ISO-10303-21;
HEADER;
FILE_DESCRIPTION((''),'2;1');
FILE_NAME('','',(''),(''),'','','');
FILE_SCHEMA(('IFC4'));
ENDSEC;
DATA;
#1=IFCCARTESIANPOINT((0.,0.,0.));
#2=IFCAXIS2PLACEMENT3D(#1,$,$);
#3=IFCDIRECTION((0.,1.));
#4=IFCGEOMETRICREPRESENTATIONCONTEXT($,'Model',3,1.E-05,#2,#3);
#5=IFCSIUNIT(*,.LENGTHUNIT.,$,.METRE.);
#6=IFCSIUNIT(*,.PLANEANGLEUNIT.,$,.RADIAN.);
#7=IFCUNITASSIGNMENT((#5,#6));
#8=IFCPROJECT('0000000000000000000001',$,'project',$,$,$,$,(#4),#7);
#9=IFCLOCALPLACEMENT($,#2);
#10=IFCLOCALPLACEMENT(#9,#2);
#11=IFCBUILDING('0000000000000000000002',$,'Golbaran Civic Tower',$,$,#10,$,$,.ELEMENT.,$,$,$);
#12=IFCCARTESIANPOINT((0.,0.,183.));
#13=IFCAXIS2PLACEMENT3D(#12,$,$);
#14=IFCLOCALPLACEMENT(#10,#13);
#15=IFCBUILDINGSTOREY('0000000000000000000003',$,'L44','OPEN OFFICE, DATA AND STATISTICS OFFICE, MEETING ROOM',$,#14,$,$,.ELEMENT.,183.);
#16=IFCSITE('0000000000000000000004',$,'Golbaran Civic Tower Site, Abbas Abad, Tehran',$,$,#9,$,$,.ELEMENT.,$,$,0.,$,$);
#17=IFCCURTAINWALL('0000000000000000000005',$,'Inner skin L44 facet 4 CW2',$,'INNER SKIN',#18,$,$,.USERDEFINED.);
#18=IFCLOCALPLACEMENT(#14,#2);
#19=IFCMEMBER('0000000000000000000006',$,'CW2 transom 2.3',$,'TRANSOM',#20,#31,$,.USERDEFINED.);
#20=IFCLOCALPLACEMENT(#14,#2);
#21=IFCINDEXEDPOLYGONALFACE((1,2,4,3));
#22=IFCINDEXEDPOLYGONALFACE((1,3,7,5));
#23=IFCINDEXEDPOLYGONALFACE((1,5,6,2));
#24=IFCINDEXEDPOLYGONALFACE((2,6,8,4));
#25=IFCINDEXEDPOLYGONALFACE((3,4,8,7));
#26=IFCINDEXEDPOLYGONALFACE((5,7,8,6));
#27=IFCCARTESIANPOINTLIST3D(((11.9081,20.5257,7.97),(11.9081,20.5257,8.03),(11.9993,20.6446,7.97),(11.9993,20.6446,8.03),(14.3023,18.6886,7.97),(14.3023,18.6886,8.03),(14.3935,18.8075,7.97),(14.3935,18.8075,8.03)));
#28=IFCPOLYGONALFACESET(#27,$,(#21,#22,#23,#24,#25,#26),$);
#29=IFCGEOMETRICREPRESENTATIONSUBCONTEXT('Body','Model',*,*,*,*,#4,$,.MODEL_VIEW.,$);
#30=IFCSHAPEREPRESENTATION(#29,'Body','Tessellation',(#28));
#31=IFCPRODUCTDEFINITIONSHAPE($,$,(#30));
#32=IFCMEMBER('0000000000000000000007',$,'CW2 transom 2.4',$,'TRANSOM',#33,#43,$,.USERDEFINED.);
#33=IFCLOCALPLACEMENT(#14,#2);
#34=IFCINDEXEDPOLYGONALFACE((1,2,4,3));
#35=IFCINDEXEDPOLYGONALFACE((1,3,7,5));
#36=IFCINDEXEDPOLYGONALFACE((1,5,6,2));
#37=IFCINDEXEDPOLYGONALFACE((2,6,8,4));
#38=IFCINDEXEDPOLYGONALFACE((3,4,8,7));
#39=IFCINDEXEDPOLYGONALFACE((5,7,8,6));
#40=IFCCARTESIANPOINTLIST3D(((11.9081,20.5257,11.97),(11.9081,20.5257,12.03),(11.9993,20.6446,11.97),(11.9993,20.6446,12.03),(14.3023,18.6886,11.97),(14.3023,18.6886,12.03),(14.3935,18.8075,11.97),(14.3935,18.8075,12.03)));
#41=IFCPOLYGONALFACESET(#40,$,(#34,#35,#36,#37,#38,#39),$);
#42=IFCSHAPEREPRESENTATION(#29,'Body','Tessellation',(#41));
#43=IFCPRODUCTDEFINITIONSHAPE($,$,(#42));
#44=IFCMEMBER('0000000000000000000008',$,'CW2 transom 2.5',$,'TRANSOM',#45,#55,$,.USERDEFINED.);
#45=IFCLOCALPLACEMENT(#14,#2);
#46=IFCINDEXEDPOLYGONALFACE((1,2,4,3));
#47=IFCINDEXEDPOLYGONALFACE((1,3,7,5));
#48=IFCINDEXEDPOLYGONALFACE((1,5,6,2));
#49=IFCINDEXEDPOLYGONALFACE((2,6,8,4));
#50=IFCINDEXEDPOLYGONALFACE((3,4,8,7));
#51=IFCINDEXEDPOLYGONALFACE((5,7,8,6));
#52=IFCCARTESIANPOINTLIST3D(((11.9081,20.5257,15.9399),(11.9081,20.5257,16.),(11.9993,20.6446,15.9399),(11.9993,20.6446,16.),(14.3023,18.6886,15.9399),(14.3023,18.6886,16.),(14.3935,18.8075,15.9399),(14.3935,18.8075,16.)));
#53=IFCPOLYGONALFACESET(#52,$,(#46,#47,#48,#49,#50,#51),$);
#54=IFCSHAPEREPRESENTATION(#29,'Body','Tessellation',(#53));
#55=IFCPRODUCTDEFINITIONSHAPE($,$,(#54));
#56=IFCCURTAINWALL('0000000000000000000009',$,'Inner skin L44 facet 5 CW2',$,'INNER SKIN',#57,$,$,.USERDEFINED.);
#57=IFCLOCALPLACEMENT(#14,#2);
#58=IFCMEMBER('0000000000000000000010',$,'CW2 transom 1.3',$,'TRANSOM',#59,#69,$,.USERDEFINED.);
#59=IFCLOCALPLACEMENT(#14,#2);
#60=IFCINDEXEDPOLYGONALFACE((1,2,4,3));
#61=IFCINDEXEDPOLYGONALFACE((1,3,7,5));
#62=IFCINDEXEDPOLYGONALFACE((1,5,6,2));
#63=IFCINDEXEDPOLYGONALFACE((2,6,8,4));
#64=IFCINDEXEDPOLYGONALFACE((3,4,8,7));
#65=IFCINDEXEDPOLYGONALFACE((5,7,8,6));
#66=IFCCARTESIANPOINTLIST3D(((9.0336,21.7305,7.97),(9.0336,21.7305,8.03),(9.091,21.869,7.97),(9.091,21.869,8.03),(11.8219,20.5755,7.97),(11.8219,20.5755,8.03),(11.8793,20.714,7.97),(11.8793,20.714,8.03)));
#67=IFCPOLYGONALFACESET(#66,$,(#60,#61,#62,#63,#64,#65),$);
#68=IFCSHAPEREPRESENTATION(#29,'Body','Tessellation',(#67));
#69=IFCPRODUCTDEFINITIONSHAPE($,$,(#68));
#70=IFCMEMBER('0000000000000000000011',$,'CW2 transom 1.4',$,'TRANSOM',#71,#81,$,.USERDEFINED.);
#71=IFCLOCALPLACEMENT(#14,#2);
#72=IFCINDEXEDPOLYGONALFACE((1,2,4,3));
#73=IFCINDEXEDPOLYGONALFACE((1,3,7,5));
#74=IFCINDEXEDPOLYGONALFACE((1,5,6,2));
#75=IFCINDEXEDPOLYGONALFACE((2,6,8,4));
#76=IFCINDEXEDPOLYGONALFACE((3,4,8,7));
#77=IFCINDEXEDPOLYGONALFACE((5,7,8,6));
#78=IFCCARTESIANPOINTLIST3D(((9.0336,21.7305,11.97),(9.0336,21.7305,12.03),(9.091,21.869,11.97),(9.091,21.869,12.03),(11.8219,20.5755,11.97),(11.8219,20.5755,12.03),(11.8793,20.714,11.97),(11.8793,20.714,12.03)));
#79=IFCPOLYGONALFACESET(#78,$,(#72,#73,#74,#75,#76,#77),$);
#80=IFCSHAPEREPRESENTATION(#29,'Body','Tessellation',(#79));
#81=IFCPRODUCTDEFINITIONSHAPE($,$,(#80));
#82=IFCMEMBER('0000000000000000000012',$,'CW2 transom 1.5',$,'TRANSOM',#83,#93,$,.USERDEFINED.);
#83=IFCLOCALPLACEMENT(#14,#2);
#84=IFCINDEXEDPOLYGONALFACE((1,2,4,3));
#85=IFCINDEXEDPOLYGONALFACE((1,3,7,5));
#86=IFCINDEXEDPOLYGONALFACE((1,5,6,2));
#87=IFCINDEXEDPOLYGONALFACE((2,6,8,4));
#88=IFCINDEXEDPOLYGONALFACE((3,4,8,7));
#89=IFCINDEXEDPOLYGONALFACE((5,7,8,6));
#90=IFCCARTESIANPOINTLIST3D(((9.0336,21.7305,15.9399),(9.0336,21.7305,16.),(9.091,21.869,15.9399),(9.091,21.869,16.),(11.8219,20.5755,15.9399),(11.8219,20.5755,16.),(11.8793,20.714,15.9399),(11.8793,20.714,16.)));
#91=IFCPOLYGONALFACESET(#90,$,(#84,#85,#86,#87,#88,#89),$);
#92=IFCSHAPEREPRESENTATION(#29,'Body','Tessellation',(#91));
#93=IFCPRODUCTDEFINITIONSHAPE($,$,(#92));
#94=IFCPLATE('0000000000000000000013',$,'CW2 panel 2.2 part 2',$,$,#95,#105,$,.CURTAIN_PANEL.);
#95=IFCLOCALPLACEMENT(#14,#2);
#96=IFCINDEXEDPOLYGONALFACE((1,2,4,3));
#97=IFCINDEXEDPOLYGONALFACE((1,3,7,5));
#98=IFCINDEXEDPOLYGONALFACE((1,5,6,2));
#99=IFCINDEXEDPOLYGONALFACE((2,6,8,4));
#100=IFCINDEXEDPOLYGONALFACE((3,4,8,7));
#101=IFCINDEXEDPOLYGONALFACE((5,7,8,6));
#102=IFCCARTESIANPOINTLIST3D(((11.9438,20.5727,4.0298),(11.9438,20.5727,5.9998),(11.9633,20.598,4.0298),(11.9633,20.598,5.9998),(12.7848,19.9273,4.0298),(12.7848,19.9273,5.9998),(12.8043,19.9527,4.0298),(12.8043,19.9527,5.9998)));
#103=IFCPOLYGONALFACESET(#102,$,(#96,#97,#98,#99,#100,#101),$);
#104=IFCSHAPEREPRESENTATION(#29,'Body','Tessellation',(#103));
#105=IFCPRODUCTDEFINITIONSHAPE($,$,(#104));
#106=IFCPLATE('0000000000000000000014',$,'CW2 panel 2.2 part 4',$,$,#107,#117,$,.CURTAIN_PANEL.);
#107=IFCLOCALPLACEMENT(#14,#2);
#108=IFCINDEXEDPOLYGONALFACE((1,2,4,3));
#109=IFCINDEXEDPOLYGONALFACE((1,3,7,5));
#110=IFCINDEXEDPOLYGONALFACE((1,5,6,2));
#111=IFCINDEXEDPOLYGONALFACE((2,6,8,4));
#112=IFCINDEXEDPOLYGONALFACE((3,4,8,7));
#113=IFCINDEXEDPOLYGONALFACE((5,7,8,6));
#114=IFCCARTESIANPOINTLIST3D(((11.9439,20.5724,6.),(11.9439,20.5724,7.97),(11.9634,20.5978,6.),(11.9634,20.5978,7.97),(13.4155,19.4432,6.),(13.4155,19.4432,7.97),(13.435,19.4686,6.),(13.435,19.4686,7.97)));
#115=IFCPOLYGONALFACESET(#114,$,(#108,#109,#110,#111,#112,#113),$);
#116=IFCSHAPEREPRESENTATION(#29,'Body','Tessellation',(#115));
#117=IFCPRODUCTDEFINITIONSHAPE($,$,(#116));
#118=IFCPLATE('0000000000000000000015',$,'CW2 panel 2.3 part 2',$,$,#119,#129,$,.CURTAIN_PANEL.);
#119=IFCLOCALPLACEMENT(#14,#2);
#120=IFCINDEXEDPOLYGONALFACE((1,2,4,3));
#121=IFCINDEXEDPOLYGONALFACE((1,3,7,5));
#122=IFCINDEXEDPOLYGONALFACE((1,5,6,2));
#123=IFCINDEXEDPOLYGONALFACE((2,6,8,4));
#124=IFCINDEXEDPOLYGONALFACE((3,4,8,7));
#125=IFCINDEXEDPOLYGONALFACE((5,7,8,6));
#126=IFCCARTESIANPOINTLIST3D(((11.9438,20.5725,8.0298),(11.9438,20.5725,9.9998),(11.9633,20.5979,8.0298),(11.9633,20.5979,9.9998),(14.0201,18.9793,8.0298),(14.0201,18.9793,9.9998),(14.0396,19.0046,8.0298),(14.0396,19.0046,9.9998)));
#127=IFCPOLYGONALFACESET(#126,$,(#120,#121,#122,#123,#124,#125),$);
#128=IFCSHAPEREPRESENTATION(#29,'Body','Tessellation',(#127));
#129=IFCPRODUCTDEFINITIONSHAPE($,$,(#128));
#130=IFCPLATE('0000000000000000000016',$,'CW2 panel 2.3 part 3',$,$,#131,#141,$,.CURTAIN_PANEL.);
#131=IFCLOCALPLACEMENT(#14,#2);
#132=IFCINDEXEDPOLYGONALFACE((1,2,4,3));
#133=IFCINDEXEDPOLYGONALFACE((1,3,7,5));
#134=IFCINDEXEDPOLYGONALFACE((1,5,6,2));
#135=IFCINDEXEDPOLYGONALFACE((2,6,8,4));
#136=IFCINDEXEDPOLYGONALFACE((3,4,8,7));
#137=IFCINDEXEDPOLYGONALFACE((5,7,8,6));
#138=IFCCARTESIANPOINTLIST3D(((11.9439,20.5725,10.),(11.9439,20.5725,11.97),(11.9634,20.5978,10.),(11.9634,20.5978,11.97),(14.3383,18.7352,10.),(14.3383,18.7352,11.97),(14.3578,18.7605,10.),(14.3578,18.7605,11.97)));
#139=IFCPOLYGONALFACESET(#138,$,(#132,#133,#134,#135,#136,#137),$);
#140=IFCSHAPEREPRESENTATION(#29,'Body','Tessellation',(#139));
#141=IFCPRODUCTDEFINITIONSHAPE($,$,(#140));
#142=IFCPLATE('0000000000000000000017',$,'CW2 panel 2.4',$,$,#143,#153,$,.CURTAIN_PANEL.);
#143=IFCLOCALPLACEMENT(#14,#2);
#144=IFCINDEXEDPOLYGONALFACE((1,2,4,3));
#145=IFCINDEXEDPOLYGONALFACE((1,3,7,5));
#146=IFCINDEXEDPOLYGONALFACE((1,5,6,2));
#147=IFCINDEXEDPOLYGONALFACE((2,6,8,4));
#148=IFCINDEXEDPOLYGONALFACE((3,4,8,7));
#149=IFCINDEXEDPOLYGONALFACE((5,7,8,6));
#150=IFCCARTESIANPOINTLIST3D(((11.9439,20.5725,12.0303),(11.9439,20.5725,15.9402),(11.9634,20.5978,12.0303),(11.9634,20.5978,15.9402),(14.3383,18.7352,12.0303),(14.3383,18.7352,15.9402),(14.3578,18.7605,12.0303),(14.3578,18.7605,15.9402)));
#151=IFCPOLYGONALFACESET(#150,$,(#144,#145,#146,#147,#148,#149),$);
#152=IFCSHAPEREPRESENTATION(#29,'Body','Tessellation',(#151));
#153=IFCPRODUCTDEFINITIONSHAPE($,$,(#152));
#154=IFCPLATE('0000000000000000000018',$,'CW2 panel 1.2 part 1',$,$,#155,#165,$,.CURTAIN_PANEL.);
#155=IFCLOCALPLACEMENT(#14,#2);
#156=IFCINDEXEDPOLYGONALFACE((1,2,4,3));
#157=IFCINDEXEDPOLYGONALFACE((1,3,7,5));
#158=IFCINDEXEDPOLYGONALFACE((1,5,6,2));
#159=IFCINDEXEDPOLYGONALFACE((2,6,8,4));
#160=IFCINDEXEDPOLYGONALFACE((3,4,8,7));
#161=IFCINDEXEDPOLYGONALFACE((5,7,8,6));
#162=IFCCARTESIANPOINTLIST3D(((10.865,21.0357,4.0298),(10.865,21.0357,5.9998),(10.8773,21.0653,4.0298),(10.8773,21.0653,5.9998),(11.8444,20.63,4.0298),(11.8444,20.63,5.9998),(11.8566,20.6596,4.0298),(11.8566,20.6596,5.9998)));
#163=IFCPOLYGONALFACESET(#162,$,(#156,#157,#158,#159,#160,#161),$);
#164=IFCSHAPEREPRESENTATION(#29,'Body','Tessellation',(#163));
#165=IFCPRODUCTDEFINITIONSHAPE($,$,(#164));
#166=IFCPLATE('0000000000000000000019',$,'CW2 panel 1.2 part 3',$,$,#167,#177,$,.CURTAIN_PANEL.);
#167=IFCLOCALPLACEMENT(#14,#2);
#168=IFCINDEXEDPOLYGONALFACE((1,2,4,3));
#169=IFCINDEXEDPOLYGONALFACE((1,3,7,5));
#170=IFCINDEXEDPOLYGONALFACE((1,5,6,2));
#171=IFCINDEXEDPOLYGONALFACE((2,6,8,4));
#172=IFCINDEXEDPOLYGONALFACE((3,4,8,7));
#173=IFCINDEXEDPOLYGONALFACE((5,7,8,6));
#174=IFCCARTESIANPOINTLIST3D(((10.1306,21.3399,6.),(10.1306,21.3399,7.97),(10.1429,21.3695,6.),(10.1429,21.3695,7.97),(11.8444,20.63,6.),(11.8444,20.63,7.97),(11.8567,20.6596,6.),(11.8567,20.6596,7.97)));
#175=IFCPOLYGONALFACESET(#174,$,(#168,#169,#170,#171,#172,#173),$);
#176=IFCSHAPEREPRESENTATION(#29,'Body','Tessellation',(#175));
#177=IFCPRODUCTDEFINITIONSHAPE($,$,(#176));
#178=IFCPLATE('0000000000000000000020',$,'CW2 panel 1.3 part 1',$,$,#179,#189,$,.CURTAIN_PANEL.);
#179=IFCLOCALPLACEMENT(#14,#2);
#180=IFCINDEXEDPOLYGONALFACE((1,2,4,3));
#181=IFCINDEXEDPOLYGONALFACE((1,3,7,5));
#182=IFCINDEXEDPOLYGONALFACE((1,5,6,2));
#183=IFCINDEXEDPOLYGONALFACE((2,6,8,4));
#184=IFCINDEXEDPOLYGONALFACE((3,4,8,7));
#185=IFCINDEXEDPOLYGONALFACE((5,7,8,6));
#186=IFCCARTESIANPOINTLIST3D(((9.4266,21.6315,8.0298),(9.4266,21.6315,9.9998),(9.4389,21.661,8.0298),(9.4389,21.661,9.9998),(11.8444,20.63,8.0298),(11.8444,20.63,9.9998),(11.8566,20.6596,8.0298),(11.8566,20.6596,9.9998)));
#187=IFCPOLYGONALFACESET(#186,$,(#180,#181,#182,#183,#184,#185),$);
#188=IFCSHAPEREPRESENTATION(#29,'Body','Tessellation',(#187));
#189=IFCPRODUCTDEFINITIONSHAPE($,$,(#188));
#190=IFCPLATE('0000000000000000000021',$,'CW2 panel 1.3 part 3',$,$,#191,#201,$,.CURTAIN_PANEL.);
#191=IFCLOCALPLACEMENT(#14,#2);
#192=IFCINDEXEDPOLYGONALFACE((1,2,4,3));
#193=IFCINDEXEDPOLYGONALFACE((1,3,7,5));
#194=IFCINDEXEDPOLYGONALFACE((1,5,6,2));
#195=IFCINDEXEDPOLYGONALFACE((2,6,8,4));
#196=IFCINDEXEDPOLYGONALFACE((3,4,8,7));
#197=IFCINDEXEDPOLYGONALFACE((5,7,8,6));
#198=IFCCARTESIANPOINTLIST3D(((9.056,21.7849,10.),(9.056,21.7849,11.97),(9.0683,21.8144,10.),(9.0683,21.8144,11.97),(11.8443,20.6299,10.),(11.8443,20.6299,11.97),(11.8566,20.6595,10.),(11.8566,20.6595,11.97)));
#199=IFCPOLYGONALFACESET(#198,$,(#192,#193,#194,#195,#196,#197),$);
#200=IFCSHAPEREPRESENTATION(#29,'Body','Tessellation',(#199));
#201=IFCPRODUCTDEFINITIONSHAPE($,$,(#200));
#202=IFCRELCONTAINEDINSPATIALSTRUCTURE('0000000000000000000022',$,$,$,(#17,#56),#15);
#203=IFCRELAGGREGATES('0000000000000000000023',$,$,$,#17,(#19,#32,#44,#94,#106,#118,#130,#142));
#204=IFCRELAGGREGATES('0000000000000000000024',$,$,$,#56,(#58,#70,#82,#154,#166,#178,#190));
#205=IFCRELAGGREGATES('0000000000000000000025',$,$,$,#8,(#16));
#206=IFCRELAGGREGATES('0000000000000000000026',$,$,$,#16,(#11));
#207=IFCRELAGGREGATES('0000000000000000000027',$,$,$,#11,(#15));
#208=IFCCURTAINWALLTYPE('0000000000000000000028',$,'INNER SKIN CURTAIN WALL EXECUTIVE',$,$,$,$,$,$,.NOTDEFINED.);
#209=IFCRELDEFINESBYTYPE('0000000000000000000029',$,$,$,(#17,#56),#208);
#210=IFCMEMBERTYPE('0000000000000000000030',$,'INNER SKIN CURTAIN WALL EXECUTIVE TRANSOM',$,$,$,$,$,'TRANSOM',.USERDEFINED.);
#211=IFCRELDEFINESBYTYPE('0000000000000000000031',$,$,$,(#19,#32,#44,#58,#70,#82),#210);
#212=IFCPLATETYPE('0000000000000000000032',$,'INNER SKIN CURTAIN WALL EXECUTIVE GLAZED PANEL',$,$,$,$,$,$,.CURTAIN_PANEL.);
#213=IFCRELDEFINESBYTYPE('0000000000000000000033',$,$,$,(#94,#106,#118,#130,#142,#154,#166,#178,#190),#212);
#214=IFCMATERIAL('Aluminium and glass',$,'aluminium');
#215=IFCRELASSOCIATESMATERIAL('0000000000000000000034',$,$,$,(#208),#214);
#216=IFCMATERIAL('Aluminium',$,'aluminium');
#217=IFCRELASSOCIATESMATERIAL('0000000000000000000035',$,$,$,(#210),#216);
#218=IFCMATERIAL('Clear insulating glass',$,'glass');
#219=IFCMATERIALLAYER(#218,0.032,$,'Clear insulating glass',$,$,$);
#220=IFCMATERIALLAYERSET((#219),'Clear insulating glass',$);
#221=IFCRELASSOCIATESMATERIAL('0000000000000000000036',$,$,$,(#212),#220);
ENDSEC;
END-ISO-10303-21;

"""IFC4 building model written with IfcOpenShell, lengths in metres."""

from ifc_helpers import new_model, si_unit, direction, frame, origin, origin_2d, place, context, subcontext, project, spatial, rectangle, extrude, material, layer, layer_set, material_profile, profile_set, type_object, element, aggregate, save


model = new_model("IFC4")

# Units and contexts
model_context = context("Model", 3, precision=1e-05, world=origin(), true_north=direction((0.0, 1.0)))
body_context = subcontext(model_context, "Body", "Model", "MODEL_VIEW")
ifc_project = project(units=[si_unit("LENGTHUNIT", "METRE"), si_unit("PLANEANGLEUNIT", "RADIAN")], contexts=[model_context])

# Site, building, storey
site_placement = place(None, origin())
site = spatial("IfcSite", under=ifc_project, at=site_placement, Name="Golbaran Civic Tower Site, Abbas Abad, Tehran", CompositionType="ELEMENT", RefElevation=0.0)
building_placement = place(site_placement, origin())
building = spatial("IfcBuilding", under=site, at=building_placement, Name="Golbaran Civic Tower", CompositionType="ELEMENT")
storey_placement = place(building_placement, frame((0.0, 0.0, 183.0)))
storey = spatial("IfcBuildingStorey", under=building, at=storey_placement, Name="L44", Description="OPEN OFFICE, DATA AND STATISTICS OFFICE, MEETING ROOM", CompositionType="ELEMENT", Elevation=183.0)

# Curtain walls, members
ifc_material_1 = material(Name="Aluminium and glass", Category="aluminium")
curtain_wall_type_1 = type_object("IfcCurtainWallType", Name="INNER SKIN CURTAIN WALL EXECUTIVE", PredefinedType="NOTDEFINED", material=ifc_material_1)
curtain_wall_1_placement = place(storey_placement, origin())
curtain_wall_1 = element("IfcCurtainWall", 1, at=curtain_wall_1_placement, inside=storey, type_object=curtain_wall_type_1, Name="Inner skin L44 facet 4 CW2", ObjectType="INNER SKIN", PredefinedType="USERDEFINED")
ifc_material_2 = material(Name="Aluminium", Category="aluminium")
ifc_material_profile = material_profile(ifc_material_2, rectangle(XDim=0.1499, YDim=0.0601, at=origin_2d()), Name="INNER SKIN CURTAIN WALL EXECUTIVE TRANSOM")
ifc_profile_set = profile_set([ifc_material_profile], Name="Aluminium")
member_type = type_object("IfcMemberType", Name="INNER SKIN CURTAIN WALL EXECUTIVE TRANSOM", ElementType="TRANSOM", PredefinedType="USERDEFINED", material=ifc_profile_set)
member_1_placement = place(storey_placement, frame((14.3479, 18.748, 8.0), z_axis=(-0.79336, 0.608752, 0.0), x_axis=(-0.608752, -0.79336, 0.0)))
member_1 = element("IfcMember", 2, at=member_1_placement, type_object=member_type, Name="CW2 transom 2.3", ObjectType="TRANSOM", PredefinedType="USERDEFINED", context=body_context, shape_type="SweptSolid", body=[
    extrude(rectangle(XDim=0.1499, YDim=0.0601, at=origin_2d()), origin(), (0.0, 0.0, 1.0), 3.0178),
])
member_2_placement = place(storey_placement, frame((14.3479, 18.748, 12.0), z_axis=(-0.79336, 0.608752, 0.0), x_axis=(-0.608752, -0.79336, 0.0)))
member_2 = element("IfcMember", 3, at=member_2_placement, type_object=member_type, Name="CW2 transom 2.4", ObjectType="TRANSOM", PredefinedType="USERDEFINED", context=body_context, shape_type="SweptSolid", body=[
    extrude(rectangle(XDim=0.1499, YDim=0.0601, at=origin_2d()), origin(), (0.0, 0.0, 1.0), 3.0178),
])
member_3_placement = place(storey_placement, frame((14.3479, 18.748, 15.97), z_axis=(-0.79336, 0.608752, 0.0), x_axis=(-0.608752, -0.79336, 0.0)))
member_3 = element("IfcMember", 4, at=member_3_placement, type_object=member_type, Name="CW2 transom 2.5", ObjectType="TRANSOM", PredefinedType="USERDEFINED", context=body_context, shape_type="SweptSolid", body=[
    extrude(rectangle(XDim=0.1499, YDim=0.0601, at=origin_2d()), origin(), (0.0, 0.0, 1.0), 3.0178),
])
curtain_wall_2_placement = place(storey_placement, origin())
curtain_wall_2 = element("IfcCurtainWall", 5, at=curtain_wall_2_placement, inside=storey, type_object=curtain_wall_type_1, Name="Inner skin L44 facet 5 CW2", ObjectType="INNER SKIN", PredefinedType="USERDEFINED")
member_4_placement = place(storey_placement, frame((11.8506, 20.6448, 8.0), z_axis=(-0.923872, 0.382702, 0.0), x_axis=(-0.382702, -0.923872, 0.0)))
member_4 = element("IfcMember", 6, at=member_4_placement, type_object=member_type, Name="CW2 transom 1.3", ObjectType="TRANSOM", PredefinedType="USERDEFINED", context=body_context, shape_type="SweptSolid", body=[
    extrude(rectangle(XDim=0.1499, YDim=0.0601, at=origin_2d()), origin(), (0.0, 0.0, 1.0), 3.0181),
])
member_5_placement = place(storey_placement, frame((11.8506, 20.6448, 12.0), z_axis=(-0.923872, 0.382702, 0.0), x_axis=(-0.382702, -0.923872, 0.0)))
member_5 = element("IfcMember", 7, at=member_5_placement, type_object=member_type, Name="CW2 transom 1.4", ObjectType="TRANSOM", PredefinedType="USERDEFINED", context=body_context, shape_type="SweptSolid", body=[
    extrude(rectangle(XDim=0.1499, YDim=0.0601, at=origin_2d()), origin(), (0.0, 0.0, 1.0), 3.0181),
])
member_6_placement = place(storey_placement, frame((11.8506, 20.6448, 15.97), z_axis=(-0.923872, 0.382702, 0.0), x_axis=(-0.382702, -0.923872, 0.0)))
member_6 = element("IfcMember", 8, at=member_6_placement, type_object=member_type, Name="CW2 transom 1.5", ObjectType="TRANSOM", PredefinedType="USERDEFINED", context=body_context, shape_type="SweptSolid", body=[
    extrude(rectangle(XDim=0.1499, YDim=0.0601, at=origin_2d()), origin(), (0.0, 0.0, 1.0), 3.0181),
])

# Plates
ifc_material_3 = material(Name="Clear insulating glass", Category="glass")
ifc_layer_1 = layer(ifc_material_3, 0.032, Name="Clear insulating glass")
ifc_layer_set_1 = layer_set([ifc_layer_1], Name="Clear insulating glass")
plate_type_1 = type_object("IfcPlateType", Name="INNER SKIN CURTAIN WALL EXECUTIVE GLAZED PANEL", PredefinedType="CURTAIN_PANEL", material=ifc_layer_set_1)
plate_1_placement = place(storey_placement, frame((12.374, 20.2627, 4.0298), z_axis=(0.0, 0.0, 1.0), x_axis=(-0.793353, 0.608761, 0.0)))
plate_1 = element("IfcPlate", 9, at=plate_1_placement, type_object=plate_type_1, Name="CW2 panel 2.2 part 2", PredefinedType="CURTAIN_PANEL", context=body_context, shape_type="SweptSolid", body=[
    extrude(rectangle(XDim=1.0601, YDim=0.032, at=origin_2d()), origin(), (0.0, 0.0, 1.0), 1.97),
])
plate_2_placement = place(storey_placement, frame((12.6895, 20.0205, 6.0), z_axis=(0.0, 0.0, 1.0), x_axis=(-0.793353, 0.608761, 0.0)))
plate_2 = element("IfcPlate", 10, at=plate_2_placement, type_object=plate_type_1, Name="CW2 panel 2.2 part 4", PredefinedType="CURTAIN_PANEL", context=body_context, shape_type="SweptSolid", body=[
    extrude(rectangle(XDim=1.855, YDim=0.032, at=origin_2d()), origin(), (0.0, 0.0, 1.0), 1.97),
])
plate_3_placement = place(storey_placement, frame((12.9917, 19.7886, 8.0298), z_axis=(0.0, 0.0, 1.0), x_axis=(-0.793353, 0.608761, 0.0)))
plate_3 = element("IfcPlate", 11, at=plate_3_placement, type_object=plate_type_1, Name="CW2 panel 2.3 part 2", PredefinedType="CURTAIN_PANEL", context=body_context, shape_type="SweptSolid", body=[
    extrude(rectangle(XDim=2.6172, YDim=0.032, at=origin_2d()), origin(), (0.0, 0.0, 1.0), 1.97),
])
plate_4_placement = place(storey_placement, frame((13.1509, 19.6665, 10.0), z_axis=(0.0, 0.0, 1.0), x_axis=(-0.793353, 0.608761, 0.0)))
plate_4 = element("IfcPlate", 12, at=plate_4_placement, type_object=plate_type_1, Name="CW2 panel 2.3 part 3", PredefinedType="CURTAIN_PANEL", context=body_context, shape_type="SweptSolid", body=[
    extrude(rectangle(XDim=3.0181, YDim=0.032, at=origin_2d()), origin(), (0.0, 0.0, 1.0), 1.97),
])
plate_5_placement = place(storey_placement, frame((13.1509, 19.6665, 12.0303), z_axis=(0.0, 0.0, 1.0), x_axis=(-0.793353, 0.608761, 0.0)))
plate_5 = element("IfcPlate", 13, at=plate_5_placement, type_object=plate_type_1, Name="CW2 panel 2.4", PredefinedType="CURTAIN_PANEL", context=body_context, shape_type="SweptSolid", body=[
    extrude(rectangle(XDim=3.0181, YDim=0.032, at=origin_2d()), origin(), (0.0, 0.0, 1.0), 3.9099),
])
plate_6_placement = place(storey_placement, frame((11.3608, 20.8477, 4.0298), z_axis=(0.0, 0.0, 1.0), x_axis=(-0.92388, 0.382683, 0.0)))
plate_6 = element("IfcPlate", 14, at=plate_6_placement, type_object=plate_type_1, Name="CW2 panel 1.2 part 1", PredefinedType="CURTAIN_PANEL", context=body_context, shape_type="SweptSolid", body=[
    extrude(rectangle(XDim=1.0601, YDim=0.032, at=origin_2d()), origin(), (0.0, 0.0, 1.0), 1.97),
])
plate_7_placement = place(storey_placement, frame((10.9937, 20.9998, 6.0), z_axis=(0.0, 0.0, 1.0), x_axis=(-0.92388, 0.382683, 0.0)))
plate_7 = element("IfcPlate", 15, at=plate_7_placement, type_object=plate_type_1, Name="CW2 panel 1.2 part 3", PredefinedType="CURTAIN_PANEL", context=body_context, shape_type="SweptSolid", body=[
    extrude(rectangle(XDim=1.855, YDim=0.032, at=origin_2d()), origin(), (0.0, 0.0, 1.0), 1.97),
])
plate_8_placement = place(storey_placement, frame((10.6416, 21.1455, 8.0298), z_axis=(0.0, 0.0, 1.0), x_axis=(-0.92388, 0.382683, 0.0)))
plate_8 = element("IfcPlate", 16, at=plate_8_placement, type_object=plate_type_1, Name="CW2 panel 1.3 part 1", PredefinedType="CURTAIN_PANEL", context=body_context, shape_type="SweptSolid", body=[
    extrude(rectangle(XDim=2.6169, YDim=0.032, at=origin_2d()), origin(), (0.0, 0.0, 1.0), 1.97),
])
plate_9_placement = place(storey_placement, frame((10.4563, 21.2222, 10.0), z_axis=(0.0, 0.0, 1.0), x_axis=(-0.92388, 0.382683, 0.0)))
plate_9 = element("IfcPlate", 17, at=plate_9_placement, type_object=plate_type_1, Name="CW2 panel 1.3 part 3", PredefinedType="CURTAIN_PANEL", context=body_context, shape_type="SweptSolid", body=[
    extrude(rectangle(XDim=3.0181, YDim=0.032, at=origin_2d()), origin(), (0.0, 0.0, 1.0), 1.97),
])
aggregate(curtain_wall_1, [member_1, member_2, member_3, plate_1, plate_2, plate_3, plate_4, plate_5])
aggregate(curtain_wall_2, [member_4, member_5, member_6, plate_6, plate_7, plate_8, plate_9])

save(model, "model.ifc")
